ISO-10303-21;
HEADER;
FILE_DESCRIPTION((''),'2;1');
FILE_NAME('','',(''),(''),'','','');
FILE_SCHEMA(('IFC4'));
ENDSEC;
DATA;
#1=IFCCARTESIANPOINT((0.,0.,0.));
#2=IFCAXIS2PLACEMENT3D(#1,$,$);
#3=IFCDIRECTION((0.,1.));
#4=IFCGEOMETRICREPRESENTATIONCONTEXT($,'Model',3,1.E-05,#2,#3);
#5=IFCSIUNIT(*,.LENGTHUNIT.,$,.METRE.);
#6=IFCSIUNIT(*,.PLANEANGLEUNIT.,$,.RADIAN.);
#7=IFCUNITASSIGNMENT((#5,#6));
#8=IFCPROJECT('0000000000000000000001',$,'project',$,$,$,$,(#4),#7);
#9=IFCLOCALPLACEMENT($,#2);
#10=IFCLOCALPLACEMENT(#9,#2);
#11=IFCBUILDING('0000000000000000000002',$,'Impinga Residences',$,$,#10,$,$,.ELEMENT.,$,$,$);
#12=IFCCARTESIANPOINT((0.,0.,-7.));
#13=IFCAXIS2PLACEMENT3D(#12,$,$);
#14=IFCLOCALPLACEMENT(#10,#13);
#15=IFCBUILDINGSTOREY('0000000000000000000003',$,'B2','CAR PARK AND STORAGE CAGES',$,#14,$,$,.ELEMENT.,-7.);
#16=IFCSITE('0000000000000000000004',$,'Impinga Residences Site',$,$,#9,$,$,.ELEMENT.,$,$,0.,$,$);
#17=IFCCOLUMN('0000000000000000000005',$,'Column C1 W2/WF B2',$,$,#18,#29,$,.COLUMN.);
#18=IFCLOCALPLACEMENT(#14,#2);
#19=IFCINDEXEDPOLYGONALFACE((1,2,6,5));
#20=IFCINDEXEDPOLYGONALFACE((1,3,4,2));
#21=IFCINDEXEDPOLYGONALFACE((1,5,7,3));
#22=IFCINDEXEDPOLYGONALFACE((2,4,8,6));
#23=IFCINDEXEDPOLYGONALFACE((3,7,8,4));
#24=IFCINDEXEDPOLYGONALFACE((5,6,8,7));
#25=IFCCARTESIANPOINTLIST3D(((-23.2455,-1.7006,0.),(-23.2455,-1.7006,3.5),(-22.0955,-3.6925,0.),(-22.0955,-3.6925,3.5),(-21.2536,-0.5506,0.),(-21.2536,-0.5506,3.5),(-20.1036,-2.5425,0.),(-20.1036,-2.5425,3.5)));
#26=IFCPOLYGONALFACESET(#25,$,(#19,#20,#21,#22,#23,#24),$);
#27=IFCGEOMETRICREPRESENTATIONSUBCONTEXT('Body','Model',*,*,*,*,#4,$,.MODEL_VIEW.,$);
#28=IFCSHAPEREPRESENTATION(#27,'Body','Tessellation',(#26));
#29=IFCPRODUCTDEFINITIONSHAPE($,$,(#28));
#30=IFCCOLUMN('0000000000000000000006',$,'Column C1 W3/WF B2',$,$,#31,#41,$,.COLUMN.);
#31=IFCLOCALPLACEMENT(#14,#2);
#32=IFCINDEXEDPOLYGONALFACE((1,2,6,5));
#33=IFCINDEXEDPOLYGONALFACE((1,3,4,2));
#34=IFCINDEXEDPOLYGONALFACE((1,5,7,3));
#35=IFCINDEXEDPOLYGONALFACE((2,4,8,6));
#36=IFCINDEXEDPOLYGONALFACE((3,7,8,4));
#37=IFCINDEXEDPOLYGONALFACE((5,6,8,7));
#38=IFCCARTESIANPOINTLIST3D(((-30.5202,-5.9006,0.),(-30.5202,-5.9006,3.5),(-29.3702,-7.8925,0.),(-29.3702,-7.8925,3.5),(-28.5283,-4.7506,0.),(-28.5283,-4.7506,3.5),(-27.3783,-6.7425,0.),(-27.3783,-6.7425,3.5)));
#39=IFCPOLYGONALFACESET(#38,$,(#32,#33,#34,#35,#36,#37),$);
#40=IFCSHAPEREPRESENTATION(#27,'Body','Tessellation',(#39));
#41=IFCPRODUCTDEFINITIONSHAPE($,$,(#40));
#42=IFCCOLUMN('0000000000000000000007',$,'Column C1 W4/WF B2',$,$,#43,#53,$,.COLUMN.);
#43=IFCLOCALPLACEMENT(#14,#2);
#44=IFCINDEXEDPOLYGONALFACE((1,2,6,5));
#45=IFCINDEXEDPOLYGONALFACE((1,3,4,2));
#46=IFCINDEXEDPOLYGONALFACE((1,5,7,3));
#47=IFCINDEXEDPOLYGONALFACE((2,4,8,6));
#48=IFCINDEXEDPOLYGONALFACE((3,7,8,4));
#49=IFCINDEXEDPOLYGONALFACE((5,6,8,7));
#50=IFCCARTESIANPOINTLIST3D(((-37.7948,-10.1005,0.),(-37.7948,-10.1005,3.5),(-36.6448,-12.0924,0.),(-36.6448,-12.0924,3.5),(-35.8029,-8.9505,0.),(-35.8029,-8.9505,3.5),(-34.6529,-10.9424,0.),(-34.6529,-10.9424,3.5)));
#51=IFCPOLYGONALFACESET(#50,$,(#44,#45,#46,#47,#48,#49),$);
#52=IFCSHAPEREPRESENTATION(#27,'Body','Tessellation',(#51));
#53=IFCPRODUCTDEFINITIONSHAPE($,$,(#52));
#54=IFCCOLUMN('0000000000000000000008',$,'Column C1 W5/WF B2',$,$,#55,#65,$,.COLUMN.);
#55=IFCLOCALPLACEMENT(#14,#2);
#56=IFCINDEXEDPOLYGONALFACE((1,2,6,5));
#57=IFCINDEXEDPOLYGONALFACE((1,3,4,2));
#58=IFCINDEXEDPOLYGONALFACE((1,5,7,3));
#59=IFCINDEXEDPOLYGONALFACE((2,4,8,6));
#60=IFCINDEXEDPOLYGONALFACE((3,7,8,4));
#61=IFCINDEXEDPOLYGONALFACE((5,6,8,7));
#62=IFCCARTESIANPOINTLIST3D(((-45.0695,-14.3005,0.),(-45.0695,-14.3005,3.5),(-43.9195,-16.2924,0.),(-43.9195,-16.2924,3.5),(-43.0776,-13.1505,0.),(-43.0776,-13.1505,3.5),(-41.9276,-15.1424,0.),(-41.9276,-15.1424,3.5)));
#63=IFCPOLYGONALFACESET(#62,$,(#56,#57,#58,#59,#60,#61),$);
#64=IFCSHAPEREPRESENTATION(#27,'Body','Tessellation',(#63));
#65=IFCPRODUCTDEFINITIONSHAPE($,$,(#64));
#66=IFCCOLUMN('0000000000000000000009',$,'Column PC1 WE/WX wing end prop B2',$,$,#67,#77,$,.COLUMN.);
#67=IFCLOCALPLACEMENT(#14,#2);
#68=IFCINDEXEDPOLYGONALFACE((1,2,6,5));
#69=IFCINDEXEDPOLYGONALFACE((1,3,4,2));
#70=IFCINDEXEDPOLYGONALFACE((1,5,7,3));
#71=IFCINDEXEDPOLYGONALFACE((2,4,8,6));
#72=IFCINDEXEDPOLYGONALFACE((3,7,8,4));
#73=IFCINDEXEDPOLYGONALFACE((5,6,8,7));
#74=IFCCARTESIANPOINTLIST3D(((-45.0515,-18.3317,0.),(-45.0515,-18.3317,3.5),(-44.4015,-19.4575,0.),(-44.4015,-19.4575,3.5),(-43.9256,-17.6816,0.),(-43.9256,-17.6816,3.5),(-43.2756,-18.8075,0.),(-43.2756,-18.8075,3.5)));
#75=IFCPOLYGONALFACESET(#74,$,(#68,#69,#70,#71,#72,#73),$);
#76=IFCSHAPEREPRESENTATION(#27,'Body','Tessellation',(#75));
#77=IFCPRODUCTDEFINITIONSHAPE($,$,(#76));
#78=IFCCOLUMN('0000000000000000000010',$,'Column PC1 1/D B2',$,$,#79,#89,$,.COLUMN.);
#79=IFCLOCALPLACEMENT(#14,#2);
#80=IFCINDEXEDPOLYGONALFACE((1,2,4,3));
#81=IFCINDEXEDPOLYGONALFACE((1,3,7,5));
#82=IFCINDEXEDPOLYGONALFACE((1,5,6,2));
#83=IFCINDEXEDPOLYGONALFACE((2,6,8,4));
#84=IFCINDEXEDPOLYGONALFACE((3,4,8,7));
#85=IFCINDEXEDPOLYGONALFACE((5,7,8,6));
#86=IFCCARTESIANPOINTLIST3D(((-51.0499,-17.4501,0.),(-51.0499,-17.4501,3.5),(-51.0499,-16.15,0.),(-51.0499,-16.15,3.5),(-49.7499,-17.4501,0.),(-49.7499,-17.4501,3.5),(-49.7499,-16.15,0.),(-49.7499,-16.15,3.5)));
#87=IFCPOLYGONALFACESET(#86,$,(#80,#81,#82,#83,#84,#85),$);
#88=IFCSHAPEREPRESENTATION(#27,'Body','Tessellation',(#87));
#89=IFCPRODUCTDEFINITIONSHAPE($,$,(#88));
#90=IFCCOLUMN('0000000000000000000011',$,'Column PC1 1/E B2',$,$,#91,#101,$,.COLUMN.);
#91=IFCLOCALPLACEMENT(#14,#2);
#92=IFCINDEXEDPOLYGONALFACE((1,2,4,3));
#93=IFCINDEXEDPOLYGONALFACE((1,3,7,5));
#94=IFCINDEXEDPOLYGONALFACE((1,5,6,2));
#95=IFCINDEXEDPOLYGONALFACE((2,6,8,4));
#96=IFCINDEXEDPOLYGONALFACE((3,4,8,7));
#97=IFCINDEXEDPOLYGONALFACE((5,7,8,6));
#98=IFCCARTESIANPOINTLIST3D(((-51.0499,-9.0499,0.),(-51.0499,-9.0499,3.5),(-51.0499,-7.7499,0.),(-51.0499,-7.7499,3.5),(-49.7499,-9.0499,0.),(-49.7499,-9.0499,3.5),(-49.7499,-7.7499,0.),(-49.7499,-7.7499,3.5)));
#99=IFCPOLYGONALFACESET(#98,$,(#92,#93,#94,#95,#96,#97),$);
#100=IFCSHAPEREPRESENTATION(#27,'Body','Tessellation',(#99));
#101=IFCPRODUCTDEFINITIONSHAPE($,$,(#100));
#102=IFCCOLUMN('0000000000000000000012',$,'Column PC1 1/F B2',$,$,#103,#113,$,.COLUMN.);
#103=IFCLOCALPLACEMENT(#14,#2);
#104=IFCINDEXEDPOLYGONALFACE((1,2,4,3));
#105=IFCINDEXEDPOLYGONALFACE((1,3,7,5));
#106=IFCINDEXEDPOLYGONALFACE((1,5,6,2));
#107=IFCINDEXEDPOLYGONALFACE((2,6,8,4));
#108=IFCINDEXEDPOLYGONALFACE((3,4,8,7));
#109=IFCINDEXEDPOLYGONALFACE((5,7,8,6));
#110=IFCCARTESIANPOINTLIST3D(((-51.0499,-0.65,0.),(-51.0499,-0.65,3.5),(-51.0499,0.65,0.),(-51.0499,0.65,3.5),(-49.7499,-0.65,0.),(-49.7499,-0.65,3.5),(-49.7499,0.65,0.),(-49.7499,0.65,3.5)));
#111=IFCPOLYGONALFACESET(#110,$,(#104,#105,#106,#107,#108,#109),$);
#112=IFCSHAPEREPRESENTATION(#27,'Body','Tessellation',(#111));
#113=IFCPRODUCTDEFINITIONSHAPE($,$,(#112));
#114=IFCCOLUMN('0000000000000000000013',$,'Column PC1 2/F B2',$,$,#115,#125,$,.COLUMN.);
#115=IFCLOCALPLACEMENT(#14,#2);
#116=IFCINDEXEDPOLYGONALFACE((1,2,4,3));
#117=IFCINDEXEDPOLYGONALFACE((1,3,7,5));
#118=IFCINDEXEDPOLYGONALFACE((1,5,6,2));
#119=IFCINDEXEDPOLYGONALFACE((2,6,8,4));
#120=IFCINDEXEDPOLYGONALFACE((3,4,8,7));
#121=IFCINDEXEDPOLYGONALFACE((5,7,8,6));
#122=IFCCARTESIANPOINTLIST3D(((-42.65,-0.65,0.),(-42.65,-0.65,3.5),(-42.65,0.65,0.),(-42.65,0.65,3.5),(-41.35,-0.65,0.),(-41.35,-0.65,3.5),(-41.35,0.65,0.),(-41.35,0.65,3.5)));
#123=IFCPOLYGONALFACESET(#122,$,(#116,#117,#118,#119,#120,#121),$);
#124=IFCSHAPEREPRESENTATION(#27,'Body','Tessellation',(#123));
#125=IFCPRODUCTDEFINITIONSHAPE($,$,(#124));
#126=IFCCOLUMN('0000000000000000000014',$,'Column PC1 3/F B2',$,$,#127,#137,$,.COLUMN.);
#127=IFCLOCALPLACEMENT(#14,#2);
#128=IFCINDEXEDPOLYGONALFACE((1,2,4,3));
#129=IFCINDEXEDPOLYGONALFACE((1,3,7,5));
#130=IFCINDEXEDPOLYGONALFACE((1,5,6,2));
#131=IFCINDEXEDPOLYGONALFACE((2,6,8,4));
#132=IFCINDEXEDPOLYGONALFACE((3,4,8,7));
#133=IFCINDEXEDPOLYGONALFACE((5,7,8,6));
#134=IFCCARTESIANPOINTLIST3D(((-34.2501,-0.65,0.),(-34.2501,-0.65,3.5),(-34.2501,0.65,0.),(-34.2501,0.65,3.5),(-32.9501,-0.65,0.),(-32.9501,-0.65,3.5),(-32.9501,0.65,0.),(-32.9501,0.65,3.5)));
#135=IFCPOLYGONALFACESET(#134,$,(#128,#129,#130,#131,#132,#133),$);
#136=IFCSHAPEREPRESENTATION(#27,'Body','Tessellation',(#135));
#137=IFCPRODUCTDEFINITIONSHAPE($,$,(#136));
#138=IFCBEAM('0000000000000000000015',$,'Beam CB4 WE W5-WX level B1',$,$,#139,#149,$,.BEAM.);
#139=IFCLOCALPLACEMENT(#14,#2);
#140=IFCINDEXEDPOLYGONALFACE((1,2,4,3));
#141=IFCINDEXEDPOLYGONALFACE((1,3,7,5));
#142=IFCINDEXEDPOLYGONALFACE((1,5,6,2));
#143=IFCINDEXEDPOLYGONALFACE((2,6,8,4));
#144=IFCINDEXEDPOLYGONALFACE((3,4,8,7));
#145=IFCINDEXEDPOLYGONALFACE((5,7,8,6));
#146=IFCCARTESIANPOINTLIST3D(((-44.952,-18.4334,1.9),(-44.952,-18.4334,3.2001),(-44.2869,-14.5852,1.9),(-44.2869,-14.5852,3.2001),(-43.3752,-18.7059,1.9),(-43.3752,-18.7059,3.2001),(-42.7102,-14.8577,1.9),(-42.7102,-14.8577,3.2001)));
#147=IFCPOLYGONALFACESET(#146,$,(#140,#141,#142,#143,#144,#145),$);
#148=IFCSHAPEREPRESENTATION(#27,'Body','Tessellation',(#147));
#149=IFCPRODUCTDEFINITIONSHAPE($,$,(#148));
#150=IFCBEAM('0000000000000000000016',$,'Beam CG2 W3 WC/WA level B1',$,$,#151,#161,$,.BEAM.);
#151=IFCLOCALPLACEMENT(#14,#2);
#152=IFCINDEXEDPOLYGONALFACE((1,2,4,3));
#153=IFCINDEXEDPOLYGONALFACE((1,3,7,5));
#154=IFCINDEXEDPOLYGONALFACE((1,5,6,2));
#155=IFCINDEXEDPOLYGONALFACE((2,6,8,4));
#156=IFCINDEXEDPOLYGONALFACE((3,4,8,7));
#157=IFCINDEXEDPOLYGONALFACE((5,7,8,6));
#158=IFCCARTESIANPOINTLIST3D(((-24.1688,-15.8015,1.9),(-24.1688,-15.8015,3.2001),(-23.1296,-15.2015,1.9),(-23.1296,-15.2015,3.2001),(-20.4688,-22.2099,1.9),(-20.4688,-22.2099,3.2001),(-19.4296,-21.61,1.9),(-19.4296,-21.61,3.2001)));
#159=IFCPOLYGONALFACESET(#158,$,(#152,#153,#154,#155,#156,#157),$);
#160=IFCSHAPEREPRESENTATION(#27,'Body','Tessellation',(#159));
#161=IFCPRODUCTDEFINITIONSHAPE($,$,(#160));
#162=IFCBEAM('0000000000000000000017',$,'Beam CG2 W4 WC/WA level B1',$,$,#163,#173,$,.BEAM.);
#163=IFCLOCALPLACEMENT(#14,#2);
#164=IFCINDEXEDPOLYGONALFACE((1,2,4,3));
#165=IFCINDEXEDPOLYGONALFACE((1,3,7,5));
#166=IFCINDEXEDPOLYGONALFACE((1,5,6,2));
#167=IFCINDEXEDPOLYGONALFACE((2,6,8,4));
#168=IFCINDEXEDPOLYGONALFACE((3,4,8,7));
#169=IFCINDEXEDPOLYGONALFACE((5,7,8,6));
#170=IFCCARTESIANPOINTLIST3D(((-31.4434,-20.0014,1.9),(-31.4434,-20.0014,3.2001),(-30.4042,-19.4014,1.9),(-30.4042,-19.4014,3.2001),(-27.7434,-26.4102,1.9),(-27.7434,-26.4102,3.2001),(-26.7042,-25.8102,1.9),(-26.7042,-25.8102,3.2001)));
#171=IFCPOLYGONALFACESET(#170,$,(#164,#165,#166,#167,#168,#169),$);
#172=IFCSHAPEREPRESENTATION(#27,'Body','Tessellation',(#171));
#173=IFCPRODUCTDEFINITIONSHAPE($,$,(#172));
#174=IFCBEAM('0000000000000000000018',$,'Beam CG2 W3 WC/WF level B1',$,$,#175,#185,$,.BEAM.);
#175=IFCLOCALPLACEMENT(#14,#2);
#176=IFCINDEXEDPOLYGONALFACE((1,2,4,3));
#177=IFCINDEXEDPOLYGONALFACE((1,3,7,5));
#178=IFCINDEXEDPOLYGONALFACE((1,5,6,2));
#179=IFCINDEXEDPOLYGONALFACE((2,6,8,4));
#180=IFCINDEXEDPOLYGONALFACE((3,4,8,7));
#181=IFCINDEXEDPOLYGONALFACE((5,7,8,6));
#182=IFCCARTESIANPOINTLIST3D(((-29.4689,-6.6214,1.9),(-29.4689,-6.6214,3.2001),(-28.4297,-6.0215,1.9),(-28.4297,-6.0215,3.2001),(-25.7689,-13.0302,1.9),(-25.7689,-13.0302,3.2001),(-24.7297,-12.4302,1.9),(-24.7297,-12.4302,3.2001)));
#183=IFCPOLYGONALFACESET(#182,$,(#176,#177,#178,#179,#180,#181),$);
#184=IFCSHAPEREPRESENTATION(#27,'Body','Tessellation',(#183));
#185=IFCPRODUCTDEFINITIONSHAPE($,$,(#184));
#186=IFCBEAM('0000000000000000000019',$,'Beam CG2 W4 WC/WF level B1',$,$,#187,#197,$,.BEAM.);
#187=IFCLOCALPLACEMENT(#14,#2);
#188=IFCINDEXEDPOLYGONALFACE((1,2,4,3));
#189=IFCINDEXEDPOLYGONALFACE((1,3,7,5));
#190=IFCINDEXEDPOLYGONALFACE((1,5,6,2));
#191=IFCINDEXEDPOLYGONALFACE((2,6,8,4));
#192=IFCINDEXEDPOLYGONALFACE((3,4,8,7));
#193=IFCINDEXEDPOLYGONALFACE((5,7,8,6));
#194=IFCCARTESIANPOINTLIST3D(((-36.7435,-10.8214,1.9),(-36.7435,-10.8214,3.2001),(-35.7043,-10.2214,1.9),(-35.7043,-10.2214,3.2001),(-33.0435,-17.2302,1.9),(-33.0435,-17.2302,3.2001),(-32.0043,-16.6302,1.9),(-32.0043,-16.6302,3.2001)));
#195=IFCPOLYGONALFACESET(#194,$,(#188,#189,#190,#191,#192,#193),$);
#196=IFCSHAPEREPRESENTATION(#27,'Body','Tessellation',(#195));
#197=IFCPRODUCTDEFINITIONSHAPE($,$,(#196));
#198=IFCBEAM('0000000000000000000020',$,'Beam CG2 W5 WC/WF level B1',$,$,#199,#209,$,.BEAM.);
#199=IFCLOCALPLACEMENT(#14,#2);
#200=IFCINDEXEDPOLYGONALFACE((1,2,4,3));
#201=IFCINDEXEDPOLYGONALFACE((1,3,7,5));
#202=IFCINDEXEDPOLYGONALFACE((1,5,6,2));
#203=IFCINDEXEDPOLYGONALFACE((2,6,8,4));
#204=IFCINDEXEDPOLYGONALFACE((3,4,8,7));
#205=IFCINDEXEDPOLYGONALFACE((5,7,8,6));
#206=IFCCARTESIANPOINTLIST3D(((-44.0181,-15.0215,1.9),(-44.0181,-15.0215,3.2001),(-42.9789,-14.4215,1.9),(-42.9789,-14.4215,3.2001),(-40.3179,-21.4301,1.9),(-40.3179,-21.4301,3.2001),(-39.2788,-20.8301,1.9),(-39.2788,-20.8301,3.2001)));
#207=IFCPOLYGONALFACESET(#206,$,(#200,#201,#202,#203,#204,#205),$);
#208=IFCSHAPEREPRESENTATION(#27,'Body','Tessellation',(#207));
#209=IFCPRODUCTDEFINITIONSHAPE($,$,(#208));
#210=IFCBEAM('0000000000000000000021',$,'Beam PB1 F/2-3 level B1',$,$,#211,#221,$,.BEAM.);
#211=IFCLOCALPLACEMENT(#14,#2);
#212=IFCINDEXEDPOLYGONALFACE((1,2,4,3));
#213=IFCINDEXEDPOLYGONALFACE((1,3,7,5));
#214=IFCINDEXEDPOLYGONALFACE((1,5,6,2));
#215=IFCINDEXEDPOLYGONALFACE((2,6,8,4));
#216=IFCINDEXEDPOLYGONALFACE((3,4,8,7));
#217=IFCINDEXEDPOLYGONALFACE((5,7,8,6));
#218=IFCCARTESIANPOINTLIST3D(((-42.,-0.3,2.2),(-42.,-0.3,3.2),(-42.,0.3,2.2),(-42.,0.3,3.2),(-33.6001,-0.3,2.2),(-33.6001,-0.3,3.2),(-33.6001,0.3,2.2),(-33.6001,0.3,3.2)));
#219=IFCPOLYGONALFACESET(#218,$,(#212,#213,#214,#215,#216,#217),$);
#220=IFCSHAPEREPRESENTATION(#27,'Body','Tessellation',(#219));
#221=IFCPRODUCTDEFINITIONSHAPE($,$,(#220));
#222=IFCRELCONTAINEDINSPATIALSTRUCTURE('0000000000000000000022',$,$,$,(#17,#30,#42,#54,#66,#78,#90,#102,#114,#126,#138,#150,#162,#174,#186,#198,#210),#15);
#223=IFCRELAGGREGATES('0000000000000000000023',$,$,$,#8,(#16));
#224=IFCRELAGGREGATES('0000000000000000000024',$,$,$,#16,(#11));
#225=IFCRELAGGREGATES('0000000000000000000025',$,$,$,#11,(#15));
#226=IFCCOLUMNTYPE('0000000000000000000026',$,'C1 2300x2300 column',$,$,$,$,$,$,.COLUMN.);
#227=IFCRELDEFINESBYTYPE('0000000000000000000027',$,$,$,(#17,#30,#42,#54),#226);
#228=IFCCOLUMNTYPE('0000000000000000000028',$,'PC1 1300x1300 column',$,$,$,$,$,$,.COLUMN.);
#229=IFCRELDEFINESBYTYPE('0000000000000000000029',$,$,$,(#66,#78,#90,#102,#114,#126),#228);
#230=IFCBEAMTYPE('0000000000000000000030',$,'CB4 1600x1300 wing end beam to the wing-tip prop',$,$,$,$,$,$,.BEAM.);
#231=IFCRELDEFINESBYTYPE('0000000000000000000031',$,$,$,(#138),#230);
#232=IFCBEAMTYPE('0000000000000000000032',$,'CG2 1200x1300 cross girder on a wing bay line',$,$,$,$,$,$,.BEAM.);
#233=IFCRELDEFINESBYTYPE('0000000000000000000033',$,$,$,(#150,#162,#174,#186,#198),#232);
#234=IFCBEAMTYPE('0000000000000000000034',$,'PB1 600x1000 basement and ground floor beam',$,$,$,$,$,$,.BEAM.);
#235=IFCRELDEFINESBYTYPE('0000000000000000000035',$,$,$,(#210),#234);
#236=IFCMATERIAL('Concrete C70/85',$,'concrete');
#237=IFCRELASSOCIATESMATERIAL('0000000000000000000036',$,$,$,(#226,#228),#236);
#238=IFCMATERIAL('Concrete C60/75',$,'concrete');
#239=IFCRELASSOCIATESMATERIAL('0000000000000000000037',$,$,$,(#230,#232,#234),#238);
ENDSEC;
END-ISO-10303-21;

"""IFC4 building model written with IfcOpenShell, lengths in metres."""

from ifc_helpers import new_model, si_unit, direction, frame, origin, origin_2d, place, context, subcontext, project, spatial, rectangle, extrude, material, material_profile, profile_set, type_object, element, save


model = new_model("IFC4")

# Units and contexts
model_context = context("Model", 3, precision=1e-05, world=origin(), true_north=direction((0.0, 1.0)))
body_context = subcontext(model_context, "Body", "Model", "MODEL_VIEW")
ifc_project = project(units=[si_unit("LENGTHUNIT", "METRE"), si_unit("PLANEANGLEUNIT", "RADIAN")], contexts=[model_context])

# Site, building, storey
site_placement = place(None, origin())
site = spatial("IfcSite", under=ifc_project, at=site_placement, Name="Impinga Residences Site", CompositionType="ELEMENT", RefElevation=0.0)
building_placement = place(site_placement, origin())
building = spatial("IfcBuilding", under=site, at=building_placement, Name="Impinga Residences", CompositionType="ELEMENT")
storey_placement = place(building_placement, frame((0.0, 0.0, -7.0)))
storey = spatial("IfcBuildingStorey", under=building, at=storey_placement, Name="B2", Description="CAR PARK AND STORAGE CAGES", CompositionType="ELEMENT", Elevation=-7.0)

# Columns
ifc_material_1 = material(Name="Concrete C70/85", Category="concrete")
ifc_material_profile_1 = material_profile(ifc_material_1, rectangle(XDim=2.3, YDim=2.3, at=origin_2d()), Name="RC 2300x2300")
ifc_profile_set_1 = profile_set([ifc_material_profile_1], Name="Concrete C70/85")
column_type_1 = type_object("IfcColumnType", Name="C1 2300x2300 column", PredefinedType="COLUMN", material=ifc_profile_set_1)
for number, where, z_axis, x_axis, name in (
    (1, (-21.6746, -2.1216, 0.0), (0.0, 0.0, 1.0), (-0.5, 0.866025, 0.0), "Column C1 W2/WF B2"),
    (2, (-28.9492, -6.3215, 0.0), (0.0, 0.0, 1.0), (-0.5, 0.866025, 0.0), "Column C1 W3/WF B2"),
    (3, (-36.2239, -10.5215, 0.0), (0.0, 0.0, 1.0), (-0.5, 0.866025, 0.0), "Column C1 W4/WF B2"),
    (4, (-43.4985, -14.7214, 0.0), (0.0, 0.0, 1.0), (-0.5, 0.866025, 0.0), "Column C1 W5/WF B2"),
):
    element("IfcColumn", number, at=place(storey_placement, frame(where, z_axis=z_axis, x_axis=x_axis)), inside=storey, type_object=column_type_1, Name=name, PredefinedType="COLUMN", context=body_context, shape_type="SweptSolid", body=[
        extrude(rectangle(XDim=2.3, YDim=2.3, at=origin_2d()), origin(), (0.0, 0.0, 1.0), 3.5),
    ])
ifc_material_profile_2 = material_profile(ifc_material_1, rectangle(XDim=1.3, YDim=1.3, at=origin_2d()), Name="RC 1300x1300")
ifc_profile_set_2 = profile_set([ifc_material_profile_2], Name="Concrete C70/85")
column_type_2 = type_object("IfcColumnType", Name="PC1 1300x1300 column", PredefinedType="COLUMN", material=ifc_profile_set_2)
for number, where, z_axis, x_axis, name in (
    (5, (-44.1636, -18.5696, 0.0), (0.0, 0.0, 1.0), (-0.5, 0.866025, 0.0), "Column PC1 WE/WX wing end prop B2"),
    (6, (-50.3999, -16.8, 0.0), (0.0, 0.0, 1.0), (1.0, 0.0, 0.0), "Column PC1 1/D B2"),
    (7, (-50.3999, -8.3999, 0.0), (0.0, 0.0, 1.0), (1.0, 0.0, 0.0), "Column PC1 1/E B2"),
    (8, (-50.3999, 0.0, 0.0), (0.0, 0.0, 1.0), (1.0, 0.0, 0.0), "Column PC1 1/F B2"),
    (9, (-42.0, 0.0, 0.0), (0.0, 0.0, 1.0), (1.0, 0.0, 0.0), "Column PC1 2/F B2"),
    (10, (-33.6001, 0.0, 0.0), (0.0, 0.0, 1.0), (1.0, 0.0, 0.0), "Column PC1 3/F B2"),
):
    element("IfcColumn", number, at=place(storey_placement, frame(where, z_axis=z_axis, x_axis=x_axis)), inside=storey, type_object=column_type_2, Name=name, PredefinedType="COLUMN", context=body_context, shape_type="SweptSolid", body=[
        extrude(rectangle(XDim=1.3, YDim=1.3, at=origin_2d()), origin(), (0.0, 0.0, 1.0), 3.5),
    ])

# Beams
ifc_material_2 = material(Name="Concrete C60/75", Category="concrete")
ifc_material_profile_3 = material_profile(ifc_material_2, rectangle(XDim=1.6001, YDim=1.3, at=origin_2d()), Name="RC 1600x1300")
ifc_profile_set_3 = profile_set([ifc_material_profile_3], Name="Concrete C60/75")
beam_type_1 = type_object("IfcBeamType", Name="CB4 1600x1300 wing end beam to the wing-tip prop", PredefinedType="BEAM", material=ifc_profile_set_3)
beam_1_placement = place(storey_placement, frame((-43.4985, -14.7214, 2.55), z_axis=(-0.170296, -0.985393, 0.0), x_axis=(0.985393, -0.170296, 0.0)))
element("IfcBeam", 11, at=beam_1_placement, inside=storey, type_object=beam_type_1, Name="Beam CB4 WE W5-WX level B1", PredefinedType="BEAM", context=body_context, shape_type="SweptSolid", body=[
    extrude(rectangle(XDim=1.6001, YDim=1.3, at=origin_2d()), origin(), (0.0, 0.0, 1.0), 3.9053),
])
ifc_material_profile_4 = material_profile(ifc_material_2, rectangle(XDim=1.2, YDim=1.3, at=origin_2d()), Name="RC 1200x1300")
ifc_profile_set_4 = profile_set([ifc_material_profile_4], Name="Concrete C60/75")
beam_type_2 = type_object("IfcBeamType", Name="CG2 1200x1300 cross girder on a wing bay line", PredefinedType="BEAM", material=ifc_profile_set_4)
beam_2_placement = place(storey_placement, frame((-23.6492, -15.5015, 2.55), z_axis=(0.500003, -0.866024, 0.0), x_axis=(0.866024, 0.500003, 0.0)))
element("IfcBeam", 12, at=beam_2_placement, inside=storey, type_object=beam_type_2, Name="Beam CG2 W3 WC/WA level B1", PredefinedType="BEAM", context=body_context, shape_type="SweptSolid", body=[
    extrude(rectangle(XDim=1.2, YDim=1.3, at=origin_2d()), origin(), (0.0, 0.0, 1.0), 7.3999),
])
for number, where, z_axis, x_axis, name in (
    (13, (-30.9238, -19.7014, 2.55), (0.499989, -0.866032, 0.0), (0.866032, 0.499989, 0.0), "Beam CG2 W4 WC/WA level B1"),
    (14, (-25.2493, -12.7302, 2.55), (-0.499989, 0.866032, 0.0), (-0.866032, -0.499989, 0.0), "Beam CG2 W3 WC/WF level B1"),
    (15, (-32.5239, -16.9302, 2.55), (-0.499989, 0.866032, 0.0), (-0.866032, -0.499989, 0.0), "Beam CG2 W4 WC/WF level B1"),
    (16, (-39.7983, -21.1301, 2.55), (-0.500014, 0.866017, 0.0), (-0.866017, -0.500014, 0.0), "Beam CG2 W5 WC/WF level B1"),
):
    element("IfcBeam", number, at=place(storey_placement, frame(where, z_axis=z_axis, x_axis=x_axis)), inside=storey, type_object=beam_type_2, Name=name, PredefinedType="BEAM", context=body_context, shape_type="SweptSolid", body=[
        extrude(rectangle(XDim=1.2, YDim=1.3, at=origin_2d()), origin(), (0.0, 0.0, 1.0), 7.4001),
    ])
ifc_material_profile_5 = material_profile(ifc_material_2, rectangle(XDim=0.6001, YDim=1.0, at=origin_2d()), Name="RC 600x1000")
ifc_profile_set_5 = profile_set([ifc_material_profile_5], Name="Concrete C60/75")
beam_type_3 = type_object("IfcBeamType", Name="PB1 600x1000 basement and ground floor beam", PredefinedType="BEAM", material=ifc_profile_set_5)
for number, where, z_axis, x_axis, name in (
    (17, (-42.0, 0.0, 2.7), (1.0, 0.0, 0.0), (0.0, 1.0, 0.0), "Beam PB1 F/2-3 level B1"),
):
    element("IfcBeam", number, at=place(storey_placement, frame(where, z_axis=z_axis, x_axis=x_axis)), inside=storey, type_object=beam_type_3, Name=name, PredefinedType="BEAM", context=body_context, shape_type="SweptSolid", body=[
        extrude(rectangle(XDim=0.6001, YDim=1.0, at=origin_2d()), origin(), (0.0, 0.0, 1.0), 8.3999),
    ])

save(model, "model.ifc")
